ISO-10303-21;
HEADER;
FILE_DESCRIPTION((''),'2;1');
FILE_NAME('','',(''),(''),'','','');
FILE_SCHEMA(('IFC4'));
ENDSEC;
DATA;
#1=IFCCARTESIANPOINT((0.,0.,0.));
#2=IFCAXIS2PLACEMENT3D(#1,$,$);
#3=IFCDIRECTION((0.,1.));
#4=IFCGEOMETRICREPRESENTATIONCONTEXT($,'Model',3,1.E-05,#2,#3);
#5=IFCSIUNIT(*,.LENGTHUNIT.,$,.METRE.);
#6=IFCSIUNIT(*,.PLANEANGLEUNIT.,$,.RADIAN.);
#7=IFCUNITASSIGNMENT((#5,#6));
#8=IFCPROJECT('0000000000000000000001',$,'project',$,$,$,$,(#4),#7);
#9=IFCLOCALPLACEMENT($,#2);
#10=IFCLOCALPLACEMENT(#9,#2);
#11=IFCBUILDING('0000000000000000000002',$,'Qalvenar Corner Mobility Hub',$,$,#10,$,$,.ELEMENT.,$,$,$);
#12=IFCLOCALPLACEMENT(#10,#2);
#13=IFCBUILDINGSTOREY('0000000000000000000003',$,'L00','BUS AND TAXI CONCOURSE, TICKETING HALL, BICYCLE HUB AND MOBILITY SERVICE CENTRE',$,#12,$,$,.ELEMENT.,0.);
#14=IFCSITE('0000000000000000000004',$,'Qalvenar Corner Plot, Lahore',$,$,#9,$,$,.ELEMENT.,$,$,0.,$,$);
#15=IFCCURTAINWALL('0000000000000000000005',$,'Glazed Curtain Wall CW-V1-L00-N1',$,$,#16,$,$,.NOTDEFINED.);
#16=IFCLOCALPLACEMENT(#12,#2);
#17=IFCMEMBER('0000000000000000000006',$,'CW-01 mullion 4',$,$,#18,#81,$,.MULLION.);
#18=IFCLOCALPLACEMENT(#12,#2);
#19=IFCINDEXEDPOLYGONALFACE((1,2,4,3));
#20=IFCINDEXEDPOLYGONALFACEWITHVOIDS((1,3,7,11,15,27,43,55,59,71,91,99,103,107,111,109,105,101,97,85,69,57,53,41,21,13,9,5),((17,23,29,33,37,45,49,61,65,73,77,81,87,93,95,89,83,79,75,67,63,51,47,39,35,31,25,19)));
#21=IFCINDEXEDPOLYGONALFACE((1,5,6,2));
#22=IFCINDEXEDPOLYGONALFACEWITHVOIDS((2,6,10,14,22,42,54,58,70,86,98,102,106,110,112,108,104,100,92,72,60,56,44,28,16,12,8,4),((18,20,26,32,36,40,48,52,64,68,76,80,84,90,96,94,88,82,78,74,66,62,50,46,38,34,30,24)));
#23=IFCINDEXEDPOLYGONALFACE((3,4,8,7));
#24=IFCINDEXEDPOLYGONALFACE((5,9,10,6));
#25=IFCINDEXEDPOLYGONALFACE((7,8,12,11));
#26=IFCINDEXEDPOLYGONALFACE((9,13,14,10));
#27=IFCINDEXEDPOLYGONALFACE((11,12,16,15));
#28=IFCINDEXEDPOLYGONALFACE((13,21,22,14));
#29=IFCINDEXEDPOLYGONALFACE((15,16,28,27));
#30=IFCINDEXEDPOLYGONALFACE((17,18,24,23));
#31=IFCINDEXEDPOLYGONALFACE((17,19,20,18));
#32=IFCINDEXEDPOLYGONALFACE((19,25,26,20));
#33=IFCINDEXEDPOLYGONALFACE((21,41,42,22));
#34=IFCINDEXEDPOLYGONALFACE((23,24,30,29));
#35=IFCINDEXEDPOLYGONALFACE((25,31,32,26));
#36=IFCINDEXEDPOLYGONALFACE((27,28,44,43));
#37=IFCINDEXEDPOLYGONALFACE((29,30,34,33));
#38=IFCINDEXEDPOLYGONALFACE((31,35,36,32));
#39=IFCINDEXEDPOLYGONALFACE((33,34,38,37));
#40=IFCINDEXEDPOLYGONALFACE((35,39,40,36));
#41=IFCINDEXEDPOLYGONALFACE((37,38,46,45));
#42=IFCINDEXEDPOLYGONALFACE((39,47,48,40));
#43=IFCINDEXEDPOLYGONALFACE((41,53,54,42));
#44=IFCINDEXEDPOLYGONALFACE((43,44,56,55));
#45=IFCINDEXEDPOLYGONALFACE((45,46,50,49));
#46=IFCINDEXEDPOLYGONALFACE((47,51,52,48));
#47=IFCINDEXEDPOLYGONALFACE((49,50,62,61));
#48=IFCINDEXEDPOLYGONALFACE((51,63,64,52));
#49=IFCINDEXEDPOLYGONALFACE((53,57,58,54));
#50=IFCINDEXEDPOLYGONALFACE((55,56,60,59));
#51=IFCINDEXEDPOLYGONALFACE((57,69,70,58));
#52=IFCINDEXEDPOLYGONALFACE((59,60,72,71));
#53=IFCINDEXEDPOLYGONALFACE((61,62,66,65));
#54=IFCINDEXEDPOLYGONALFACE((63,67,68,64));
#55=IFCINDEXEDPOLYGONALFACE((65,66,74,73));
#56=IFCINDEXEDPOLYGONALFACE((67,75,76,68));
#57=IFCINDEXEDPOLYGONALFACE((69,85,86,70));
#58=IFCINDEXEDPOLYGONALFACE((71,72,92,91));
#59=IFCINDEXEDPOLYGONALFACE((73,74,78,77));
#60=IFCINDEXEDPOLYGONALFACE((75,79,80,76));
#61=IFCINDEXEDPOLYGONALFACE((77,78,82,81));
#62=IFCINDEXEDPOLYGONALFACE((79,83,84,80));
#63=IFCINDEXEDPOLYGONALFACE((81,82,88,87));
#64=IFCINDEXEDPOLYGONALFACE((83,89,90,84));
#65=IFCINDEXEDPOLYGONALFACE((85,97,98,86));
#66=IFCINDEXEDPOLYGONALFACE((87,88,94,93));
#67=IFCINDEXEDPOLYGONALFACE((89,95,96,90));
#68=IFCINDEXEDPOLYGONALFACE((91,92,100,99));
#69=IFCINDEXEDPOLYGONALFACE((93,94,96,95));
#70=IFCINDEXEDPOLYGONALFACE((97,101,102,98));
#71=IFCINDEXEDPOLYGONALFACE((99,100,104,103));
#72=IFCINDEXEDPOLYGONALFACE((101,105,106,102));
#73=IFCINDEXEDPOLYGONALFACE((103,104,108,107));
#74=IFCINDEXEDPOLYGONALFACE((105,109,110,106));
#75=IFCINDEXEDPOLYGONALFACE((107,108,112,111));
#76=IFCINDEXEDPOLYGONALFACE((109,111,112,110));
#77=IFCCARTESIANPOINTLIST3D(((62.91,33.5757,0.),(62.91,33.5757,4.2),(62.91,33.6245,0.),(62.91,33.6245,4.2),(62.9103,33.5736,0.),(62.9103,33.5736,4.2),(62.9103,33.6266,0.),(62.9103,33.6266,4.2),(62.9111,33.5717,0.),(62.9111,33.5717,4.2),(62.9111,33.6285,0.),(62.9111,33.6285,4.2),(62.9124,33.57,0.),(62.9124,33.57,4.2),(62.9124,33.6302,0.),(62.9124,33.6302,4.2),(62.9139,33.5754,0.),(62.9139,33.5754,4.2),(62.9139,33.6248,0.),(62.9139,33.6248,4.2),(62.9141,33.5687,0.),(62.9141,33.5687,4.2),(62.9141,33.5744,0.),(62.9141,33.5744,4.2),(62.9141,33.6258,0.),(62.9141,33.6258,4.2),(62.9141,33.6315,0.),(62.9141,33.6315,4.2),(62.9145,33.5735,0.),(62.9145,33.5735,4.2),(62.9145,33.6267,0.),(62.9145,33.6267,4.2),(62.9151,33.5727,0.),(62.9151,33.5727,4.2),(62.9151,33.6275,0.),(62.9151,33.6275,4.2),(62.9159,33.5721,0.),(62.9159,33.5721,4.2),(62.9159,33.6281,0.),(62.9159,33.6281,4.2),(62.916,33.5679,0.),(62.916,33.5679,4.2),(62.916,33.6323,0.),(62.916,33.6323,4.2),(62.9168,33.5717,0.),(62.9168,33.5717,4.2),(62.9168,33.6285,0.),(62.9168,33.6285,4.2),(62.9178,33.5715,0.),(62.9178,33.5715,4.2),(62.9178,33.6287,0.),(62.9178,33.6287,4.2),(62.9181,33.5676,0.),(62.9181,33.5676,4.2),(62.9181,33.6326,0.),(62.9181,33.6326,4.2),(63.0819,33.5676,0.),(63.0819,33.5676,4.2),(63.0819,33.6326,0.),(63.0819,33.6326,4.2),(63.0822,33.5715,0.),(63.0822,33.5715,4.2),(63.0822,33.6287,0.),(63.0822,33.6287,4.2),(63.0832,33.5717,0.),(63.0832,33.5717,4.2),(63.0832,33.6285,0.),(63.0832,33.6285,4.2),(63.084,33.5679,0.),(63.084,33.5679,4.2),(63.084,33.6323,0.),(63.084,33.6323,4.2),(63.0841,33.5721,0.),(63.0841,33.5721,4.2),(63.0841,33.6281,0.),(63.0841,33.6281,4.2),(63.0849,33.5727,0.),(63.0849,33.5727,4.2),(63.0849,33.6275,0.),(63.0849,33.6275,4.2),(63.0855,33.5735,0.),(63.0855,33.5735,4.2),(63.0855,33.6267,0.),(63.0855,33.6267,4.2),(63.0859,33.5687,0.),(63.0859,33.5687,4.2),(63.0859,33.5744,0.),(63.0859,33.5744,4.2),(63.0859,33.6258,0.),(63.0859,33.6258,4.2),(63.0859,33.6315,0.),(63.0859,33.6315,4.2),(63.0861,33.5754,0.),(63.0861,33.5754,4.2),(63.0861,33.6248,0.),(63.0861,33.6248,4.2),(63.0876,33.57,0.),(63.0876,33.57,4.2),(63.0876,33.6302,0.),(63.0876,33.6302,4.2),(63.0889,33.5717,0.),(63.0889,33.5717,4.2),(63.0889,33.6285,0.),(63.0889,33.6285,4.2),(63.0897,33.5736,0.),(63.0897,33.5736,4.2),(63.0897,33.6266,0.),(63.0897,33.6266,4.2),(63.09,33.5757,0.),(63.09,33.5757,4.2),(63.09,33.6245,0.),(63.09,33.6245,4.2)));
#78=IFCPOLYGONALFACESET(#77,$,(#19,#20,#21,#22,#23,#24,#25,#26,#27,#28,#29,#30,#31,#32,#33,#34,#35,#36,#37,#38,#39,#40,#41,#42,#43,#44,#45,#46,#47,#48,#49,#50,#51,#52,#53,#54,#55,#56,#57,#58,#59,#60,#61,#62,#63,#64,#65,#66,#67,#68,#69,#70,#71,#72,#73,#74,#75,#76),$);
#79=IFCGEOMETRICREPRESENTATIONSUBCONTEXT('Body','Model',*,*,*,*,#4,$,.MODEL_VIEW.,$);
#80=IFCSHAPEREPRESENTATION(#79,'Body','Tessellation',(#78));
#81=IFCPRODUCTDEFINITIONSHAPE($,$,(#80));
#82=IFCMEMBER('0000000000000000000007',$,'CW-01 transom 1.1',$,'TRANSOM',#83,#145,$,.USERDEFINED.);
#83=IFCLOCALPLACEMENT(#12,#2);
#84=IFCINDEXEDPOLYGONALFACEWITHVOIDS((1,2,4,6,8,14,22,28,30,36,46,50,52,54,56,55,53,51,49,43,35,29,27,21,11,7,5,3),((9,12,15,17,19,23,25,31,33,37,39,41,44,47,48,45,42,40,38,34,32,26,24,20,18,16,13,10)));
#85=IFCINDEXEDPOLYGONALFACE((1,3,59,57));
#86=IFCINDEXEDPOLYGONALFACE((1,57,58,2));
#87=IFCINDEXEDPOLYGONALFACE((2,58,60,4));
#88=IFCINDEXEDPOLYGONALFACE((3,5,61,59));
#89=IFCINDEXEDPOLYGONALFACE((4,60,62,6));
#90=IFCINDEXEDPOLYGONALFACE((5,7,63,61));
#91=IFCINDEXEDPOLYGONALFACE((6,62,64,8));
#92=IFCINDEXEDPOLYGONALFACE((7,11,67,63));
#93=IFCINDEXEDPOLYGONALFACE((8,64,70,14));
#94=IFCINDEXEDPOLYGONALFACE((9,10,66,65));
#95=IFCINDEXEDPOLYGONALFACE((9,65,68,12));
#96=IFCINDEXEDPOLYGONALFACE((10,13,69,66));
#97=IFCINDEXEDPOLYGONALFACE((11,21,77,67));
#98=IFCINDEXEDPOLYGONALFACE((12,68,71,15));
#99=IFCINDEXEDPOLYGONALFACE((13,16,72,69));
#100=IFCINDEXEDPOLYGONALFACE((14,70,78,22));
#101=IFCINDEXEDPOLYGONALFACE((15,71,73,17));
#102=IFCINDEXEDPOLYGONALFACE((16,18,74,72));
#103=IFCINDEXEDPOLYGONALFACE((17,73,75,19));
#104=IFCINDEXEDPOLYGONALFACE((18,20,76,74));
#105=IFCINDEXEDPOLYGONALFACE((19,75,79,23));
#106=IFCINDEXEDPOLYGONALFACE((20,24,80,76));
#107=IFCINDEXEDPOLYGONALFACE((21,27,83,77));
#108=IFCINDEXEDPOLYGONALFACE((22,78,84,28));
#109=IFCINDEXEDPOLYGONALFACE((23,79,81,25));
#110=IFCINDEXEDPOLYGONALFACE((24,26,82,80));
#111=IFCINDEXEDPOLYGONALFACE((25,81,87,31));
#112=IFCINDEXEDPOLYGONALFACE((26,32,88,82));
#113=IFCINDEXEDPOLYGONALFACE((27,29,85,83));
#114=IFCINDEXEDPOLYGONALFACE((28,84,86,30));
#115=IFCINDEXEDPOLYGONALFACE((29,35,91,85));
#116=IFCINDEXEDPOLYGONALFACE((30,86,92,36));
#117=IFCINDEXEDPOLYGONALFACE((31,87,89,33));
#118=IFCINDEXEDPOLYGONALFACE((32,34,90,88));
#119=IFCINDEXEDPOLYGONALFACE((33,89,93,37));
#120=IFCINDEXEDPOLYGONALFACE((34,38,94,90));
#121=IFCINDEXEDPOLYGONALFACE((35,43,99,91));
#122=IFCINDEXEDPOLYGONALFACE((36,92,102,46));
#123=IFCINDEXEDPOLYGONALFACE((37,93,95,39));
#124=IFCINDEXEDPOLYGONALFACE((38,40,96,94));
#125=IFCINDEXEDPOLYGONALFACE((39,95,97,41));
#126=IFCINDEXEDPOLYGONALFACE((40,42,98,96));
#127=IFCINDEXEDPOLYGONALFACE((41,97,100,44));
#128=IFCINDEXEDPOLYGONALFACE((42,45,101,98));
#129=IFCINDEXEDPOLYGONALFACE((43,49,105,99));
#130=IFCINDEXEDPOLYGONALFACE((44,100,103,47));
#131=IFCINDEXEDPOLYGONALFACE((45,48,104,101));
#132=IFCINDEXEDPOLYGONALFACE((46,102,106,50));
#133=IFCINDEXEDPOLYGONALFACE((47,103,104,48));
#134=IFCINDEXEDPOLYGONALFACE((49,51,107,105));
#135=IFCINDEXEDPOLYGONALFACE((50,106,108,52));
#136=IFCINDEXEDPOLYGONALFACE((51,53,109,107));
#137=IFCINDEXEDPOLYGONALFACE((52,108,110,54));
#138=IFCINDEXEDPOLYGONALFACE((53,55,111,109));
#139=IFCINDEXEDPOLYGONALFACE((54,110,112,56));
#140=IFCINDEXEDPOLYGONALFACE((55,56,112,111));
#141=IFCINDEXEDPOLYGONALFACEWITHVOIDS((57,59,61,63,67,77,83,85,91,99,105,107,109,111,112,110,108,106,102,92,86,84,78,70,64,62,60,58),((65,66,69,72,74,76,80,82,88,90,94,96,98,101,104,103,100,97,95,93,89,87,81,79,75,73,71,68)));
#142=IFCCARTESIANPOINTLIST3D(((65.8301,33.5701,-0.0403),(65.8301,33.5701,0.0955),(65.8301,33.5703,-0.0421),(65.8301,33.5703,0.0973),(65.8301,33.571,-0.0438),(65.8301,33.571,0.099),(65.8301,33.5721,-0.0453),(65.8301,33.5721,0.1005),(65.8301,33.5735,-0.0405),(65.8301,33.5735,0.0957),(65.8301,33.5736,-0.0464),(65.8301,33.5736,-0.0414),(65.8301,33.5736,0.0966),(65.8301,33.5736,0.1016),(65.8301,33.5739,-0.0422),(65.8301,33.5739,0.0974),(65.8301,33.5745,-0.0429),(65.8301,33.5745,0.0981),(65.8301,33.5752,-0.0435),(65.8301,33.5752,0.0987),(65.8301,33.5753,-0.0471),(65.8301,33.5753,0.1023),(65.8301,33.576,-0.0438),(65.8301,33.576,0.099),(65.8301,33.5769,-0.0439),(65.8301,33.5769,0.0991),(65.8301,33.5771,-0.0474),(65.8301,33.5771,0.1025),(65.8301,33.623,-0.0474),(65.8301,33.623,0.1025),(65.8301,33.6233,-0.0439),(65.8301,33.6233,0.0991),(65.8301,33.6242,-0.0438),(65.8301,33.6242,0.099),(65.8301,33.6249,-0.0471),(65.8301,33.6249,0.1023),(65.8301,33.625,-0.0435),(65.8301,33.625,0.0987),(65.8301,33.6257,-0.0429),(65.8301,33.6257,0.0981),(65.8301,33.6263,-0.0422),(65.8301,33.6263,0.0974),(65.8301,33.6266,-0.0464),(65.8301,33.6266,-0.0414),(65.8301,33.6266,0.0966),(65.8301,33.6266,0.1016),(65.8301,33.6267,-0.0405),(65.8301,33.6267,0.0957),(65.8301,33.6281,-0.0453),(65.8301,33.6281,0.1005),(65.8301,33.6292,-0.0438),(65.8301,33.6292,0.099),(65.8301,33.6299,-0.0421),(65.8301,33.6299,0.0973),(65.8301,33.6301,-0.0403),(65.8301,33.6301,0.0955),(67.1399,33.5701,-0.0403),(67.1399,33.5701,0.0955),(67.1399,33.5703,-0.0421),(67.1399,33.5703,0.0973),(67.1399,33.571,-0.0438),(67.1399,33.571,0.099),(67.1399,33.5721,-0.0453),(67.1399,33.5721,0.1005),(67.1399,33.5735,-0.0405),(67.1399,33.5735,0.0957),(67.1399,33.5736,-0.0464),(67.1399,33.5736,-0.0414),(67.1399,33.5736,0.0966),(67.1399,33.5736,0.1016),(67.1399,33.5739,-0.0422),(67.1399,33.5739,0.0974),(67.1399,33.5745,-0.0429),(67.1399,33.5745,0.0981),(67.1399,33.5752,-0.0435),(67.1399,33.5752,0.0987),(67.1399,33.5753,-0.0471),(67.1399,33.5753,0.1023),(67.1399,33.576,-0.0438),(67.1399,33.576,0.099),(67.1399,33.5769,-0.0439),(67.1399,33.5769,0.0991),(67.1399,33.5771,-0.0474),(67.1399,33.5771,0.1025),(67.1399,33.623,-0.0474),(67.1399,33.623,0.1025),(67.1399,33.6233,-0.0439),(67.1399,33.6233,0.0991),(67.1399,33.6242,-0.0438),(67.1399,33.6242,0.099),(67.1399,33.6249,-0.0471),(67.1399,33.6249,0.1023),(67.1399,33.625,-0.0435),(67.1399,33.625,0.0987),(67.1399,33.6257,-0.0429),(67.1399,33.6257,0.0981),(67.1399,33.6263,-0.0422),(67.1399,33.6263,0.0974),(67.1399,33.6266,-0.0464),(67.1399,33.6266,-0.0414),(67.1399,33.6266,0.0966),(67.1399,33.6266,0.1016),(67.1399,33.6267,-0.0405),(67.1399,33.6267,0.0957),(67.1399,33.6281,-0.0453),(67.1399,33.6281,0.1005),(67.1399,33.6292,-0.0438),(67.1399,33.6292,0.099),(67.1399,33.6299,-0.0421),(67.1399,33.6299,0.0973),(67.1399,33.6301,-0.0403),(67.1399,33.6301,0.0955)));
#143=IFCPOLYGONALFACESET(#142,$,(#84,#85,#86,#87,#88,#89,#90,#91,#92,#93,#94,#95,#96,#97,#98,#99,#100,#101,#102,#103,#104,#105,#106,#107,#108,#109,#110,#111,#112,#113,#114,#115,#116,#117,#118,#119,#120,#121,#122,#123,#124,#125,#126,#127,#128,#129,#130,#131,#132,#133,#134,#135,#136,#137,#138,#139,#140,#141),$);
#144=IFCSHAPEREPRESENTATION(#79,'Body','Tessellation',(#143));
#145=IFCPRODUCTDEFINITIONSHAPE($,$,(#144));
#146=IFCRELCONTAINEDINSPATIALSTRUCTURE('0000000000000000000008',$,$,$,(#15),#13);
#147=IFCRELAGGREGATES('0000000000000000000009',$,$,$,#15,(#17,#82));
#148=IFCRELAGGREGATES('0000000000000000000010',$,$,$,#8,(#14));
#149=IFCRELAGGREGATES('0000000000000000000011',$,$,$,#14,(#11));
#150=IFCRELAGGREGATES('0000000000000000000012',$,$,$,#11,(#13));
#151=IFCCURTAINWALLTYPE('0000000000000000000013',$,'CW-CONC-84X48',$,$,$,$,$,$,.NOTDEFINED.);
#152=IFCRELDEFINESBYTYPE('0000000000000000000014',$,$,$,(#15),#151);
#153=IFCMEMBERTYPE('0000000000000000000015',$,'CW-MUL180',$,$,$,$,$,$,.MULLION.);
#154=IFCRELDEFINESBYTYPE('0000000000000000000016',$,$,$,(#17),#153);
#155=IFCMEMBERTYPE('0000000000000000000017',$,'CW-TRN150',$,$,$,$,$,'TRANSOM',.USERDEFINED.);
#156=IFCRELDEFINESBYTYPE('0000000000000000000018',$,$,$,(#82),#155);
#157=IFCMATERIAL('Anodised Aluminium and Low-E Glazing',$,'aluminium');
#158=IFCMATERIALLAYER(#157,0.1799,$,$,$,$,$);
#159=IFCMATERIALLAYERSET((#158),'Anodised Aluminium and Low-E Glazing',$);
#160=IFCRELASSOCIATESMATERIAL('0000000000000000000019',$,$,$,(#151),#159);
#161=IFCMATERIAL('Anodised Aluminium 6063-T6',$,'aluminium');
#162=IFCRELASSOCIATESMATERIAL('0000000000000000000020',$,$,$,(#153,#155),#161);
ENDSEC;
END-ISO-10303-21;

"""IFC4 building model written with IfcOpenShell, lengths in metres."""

from ifc_helpers import new_model, si_unit, direction, frame, origin, origin_2d, place, context, subcontext, project, spatial, hollow_rectangle, extrude, material, layer, layer_set, material_profile, profile_set, type_object, element, aggregate, save


model = new_model("IFC4")

# Units and contexts
model_context = context("Model", 3, precision=1e-05, world=origin(), true_north=direction((0.0, 1.0)))
body_context = subcontext(model_context, "Body", "Model", "MODEL_VIEW")
ifc_project = project(units=[si_unit("LENGTHUNIT", "METRE"), si_unit("PLANEANGLEUNIT", "RADIAN")], contexts=[model_context])

# Site, building, storey
site_placement = place(None, origin())
site = spatial("IfcSite", under=ifc_project, at=site_placement, Name="Qalvenar Corner Plot, Lahore", CompositionType="ELEMENT", RefElevation=0.0)
building_placement = place(site_placement, origin())
building = spatial("IfcBuilding", under=site, at=building_placement, Name="Qalvenar Corner Mobility Hub", CompositionType="ELEMENT")
storey_placement = place(building_placement, origin())
storey = spatial("IfcBuildingStorey", under=building, at=storey_placement, Name="L00", Description="BUS AND TAXI CONCOURSE, TICKETING HALL, BICYCLE HUB AND MOBILITY SERVICE CENTRE", CompositionType="ELEMENT", Elevation=0.0)

# Curtain wall, members
ifc_material_1 = material(Name="Anodised Aluminium and Low-E Glazing", Category="aluminium")
ifc_layer_1 = layer(ifc_material_1, 0.1799)
ifc_layer_set_1 = layer_set([ifc_layer_1], Name="Anodised Aluminium and Low-E Glazing")
curtain_wall_type = type_object("IfcCurtainWallType", Name="CW-CONC-84X48", PredefinedType="NOTDEFINED", material=ifc_layer_set_1)
curtain_wall_placement = place(storey_placement, origin())
curtain_wall = element("IfcCurtainWall", 1, at=curtain_wall_placement, inside=storey, type_object=curtain_wall_type, Name="Glazed Curtain Wall CW-V1-L00-N1", PredefinedType="NOTDEFINED")
ifc_material_2 = material(Name="Anodised Aluminium 6063-T6", Category="aluminium")
ifc_material_profile_1 = material_profile(ifc_material_2, hollow_rectangle(XDim=0.0649, YDim=0.1799, WallThickness=0.0039, InnerFilletRadius=0.0039, OuterFilletRadius=0.0081, at=origin_2d()), Name="RHS180x65x4")
ifc_profile_set_1 = profile_set([ifc_material_profile_1], Name="Anodised Aluminium 6063-T6")
member_type_1 = type_object("IfcMemberType", Name="CW-MUL180", PredefinedType="MULLION", material=ifc_profile_set_1)
member_1_placement = place(storey_placement, frame((63.0, 33.6001, 0.0), z_axis=(0.0, 0.0, 1.0), x_axis=(0.0, -1.0, 0.0)))
member_1 = element("IfcMember", 2, at=member_1_placement, type_object=member_type_1, Name="CW-01 mullion 4", PredefinedType="MULLION", context=body_context, shape_type="SweptSolid", body=[
    extrude(hollow_rectangle(XDim=0.0649, YDim=0.1799, WallThickness=0.0039, InnerFilletRadius=0.0039, OuterFilletRadius=0.0081, at=origin_2d()), origin(), (0.0, 0.0, 1.0), 4.2),
])
ifc_material_profile_2 = material_profile(ifc_material_2, hollow_rectangle(XDim=0.0601, YDim=0.1499, WallThickness=0.0034, InnerFilletRadius=0.0034, OuterFilletRadius=0.0071, at=origin_2d()), Name="RHS150x60x3.5")
ifc_profile_set_2 = profile_set([ifc_material_profile_2], Name="Anodised Aluminium 6063-T6")
member_type_2 = type_object("IfcMemberType", Name="CW-TRN150", ElementType="TRANSOM", PredefinedType="USERDEFINED", material=ifc_profile_set_2)
member_2_placement = place(storey_placement, frame((67.1399, 33.6001, 0.0276), z_axis=(-1.0, 0.0, 0.0), x_axis=(0.0, -1.0, 0.0)))
member_2 = element("IfcMember", 3, at=member_2_placement, type_object=member_type_2, Name="CW-01 transom 1.1", ObjectType="TRANSOM", PredefinedType="USERDEFINED", context=body_context, shape_type="SweptSolid", body=[
    extrude(hollow_rectangle(XDim=0.0601, YDim=0.1499, WallThickness=0.0034, InnerFilletRadius=0.0034, OuterFilletRadius=0.0071, at=origin_2d()), origin(), (0.0, 0.0, 1.0), 1.3098),
])
aggregate(curtain_wall, [member_1, member_2])

save(model, "model.ifc")
